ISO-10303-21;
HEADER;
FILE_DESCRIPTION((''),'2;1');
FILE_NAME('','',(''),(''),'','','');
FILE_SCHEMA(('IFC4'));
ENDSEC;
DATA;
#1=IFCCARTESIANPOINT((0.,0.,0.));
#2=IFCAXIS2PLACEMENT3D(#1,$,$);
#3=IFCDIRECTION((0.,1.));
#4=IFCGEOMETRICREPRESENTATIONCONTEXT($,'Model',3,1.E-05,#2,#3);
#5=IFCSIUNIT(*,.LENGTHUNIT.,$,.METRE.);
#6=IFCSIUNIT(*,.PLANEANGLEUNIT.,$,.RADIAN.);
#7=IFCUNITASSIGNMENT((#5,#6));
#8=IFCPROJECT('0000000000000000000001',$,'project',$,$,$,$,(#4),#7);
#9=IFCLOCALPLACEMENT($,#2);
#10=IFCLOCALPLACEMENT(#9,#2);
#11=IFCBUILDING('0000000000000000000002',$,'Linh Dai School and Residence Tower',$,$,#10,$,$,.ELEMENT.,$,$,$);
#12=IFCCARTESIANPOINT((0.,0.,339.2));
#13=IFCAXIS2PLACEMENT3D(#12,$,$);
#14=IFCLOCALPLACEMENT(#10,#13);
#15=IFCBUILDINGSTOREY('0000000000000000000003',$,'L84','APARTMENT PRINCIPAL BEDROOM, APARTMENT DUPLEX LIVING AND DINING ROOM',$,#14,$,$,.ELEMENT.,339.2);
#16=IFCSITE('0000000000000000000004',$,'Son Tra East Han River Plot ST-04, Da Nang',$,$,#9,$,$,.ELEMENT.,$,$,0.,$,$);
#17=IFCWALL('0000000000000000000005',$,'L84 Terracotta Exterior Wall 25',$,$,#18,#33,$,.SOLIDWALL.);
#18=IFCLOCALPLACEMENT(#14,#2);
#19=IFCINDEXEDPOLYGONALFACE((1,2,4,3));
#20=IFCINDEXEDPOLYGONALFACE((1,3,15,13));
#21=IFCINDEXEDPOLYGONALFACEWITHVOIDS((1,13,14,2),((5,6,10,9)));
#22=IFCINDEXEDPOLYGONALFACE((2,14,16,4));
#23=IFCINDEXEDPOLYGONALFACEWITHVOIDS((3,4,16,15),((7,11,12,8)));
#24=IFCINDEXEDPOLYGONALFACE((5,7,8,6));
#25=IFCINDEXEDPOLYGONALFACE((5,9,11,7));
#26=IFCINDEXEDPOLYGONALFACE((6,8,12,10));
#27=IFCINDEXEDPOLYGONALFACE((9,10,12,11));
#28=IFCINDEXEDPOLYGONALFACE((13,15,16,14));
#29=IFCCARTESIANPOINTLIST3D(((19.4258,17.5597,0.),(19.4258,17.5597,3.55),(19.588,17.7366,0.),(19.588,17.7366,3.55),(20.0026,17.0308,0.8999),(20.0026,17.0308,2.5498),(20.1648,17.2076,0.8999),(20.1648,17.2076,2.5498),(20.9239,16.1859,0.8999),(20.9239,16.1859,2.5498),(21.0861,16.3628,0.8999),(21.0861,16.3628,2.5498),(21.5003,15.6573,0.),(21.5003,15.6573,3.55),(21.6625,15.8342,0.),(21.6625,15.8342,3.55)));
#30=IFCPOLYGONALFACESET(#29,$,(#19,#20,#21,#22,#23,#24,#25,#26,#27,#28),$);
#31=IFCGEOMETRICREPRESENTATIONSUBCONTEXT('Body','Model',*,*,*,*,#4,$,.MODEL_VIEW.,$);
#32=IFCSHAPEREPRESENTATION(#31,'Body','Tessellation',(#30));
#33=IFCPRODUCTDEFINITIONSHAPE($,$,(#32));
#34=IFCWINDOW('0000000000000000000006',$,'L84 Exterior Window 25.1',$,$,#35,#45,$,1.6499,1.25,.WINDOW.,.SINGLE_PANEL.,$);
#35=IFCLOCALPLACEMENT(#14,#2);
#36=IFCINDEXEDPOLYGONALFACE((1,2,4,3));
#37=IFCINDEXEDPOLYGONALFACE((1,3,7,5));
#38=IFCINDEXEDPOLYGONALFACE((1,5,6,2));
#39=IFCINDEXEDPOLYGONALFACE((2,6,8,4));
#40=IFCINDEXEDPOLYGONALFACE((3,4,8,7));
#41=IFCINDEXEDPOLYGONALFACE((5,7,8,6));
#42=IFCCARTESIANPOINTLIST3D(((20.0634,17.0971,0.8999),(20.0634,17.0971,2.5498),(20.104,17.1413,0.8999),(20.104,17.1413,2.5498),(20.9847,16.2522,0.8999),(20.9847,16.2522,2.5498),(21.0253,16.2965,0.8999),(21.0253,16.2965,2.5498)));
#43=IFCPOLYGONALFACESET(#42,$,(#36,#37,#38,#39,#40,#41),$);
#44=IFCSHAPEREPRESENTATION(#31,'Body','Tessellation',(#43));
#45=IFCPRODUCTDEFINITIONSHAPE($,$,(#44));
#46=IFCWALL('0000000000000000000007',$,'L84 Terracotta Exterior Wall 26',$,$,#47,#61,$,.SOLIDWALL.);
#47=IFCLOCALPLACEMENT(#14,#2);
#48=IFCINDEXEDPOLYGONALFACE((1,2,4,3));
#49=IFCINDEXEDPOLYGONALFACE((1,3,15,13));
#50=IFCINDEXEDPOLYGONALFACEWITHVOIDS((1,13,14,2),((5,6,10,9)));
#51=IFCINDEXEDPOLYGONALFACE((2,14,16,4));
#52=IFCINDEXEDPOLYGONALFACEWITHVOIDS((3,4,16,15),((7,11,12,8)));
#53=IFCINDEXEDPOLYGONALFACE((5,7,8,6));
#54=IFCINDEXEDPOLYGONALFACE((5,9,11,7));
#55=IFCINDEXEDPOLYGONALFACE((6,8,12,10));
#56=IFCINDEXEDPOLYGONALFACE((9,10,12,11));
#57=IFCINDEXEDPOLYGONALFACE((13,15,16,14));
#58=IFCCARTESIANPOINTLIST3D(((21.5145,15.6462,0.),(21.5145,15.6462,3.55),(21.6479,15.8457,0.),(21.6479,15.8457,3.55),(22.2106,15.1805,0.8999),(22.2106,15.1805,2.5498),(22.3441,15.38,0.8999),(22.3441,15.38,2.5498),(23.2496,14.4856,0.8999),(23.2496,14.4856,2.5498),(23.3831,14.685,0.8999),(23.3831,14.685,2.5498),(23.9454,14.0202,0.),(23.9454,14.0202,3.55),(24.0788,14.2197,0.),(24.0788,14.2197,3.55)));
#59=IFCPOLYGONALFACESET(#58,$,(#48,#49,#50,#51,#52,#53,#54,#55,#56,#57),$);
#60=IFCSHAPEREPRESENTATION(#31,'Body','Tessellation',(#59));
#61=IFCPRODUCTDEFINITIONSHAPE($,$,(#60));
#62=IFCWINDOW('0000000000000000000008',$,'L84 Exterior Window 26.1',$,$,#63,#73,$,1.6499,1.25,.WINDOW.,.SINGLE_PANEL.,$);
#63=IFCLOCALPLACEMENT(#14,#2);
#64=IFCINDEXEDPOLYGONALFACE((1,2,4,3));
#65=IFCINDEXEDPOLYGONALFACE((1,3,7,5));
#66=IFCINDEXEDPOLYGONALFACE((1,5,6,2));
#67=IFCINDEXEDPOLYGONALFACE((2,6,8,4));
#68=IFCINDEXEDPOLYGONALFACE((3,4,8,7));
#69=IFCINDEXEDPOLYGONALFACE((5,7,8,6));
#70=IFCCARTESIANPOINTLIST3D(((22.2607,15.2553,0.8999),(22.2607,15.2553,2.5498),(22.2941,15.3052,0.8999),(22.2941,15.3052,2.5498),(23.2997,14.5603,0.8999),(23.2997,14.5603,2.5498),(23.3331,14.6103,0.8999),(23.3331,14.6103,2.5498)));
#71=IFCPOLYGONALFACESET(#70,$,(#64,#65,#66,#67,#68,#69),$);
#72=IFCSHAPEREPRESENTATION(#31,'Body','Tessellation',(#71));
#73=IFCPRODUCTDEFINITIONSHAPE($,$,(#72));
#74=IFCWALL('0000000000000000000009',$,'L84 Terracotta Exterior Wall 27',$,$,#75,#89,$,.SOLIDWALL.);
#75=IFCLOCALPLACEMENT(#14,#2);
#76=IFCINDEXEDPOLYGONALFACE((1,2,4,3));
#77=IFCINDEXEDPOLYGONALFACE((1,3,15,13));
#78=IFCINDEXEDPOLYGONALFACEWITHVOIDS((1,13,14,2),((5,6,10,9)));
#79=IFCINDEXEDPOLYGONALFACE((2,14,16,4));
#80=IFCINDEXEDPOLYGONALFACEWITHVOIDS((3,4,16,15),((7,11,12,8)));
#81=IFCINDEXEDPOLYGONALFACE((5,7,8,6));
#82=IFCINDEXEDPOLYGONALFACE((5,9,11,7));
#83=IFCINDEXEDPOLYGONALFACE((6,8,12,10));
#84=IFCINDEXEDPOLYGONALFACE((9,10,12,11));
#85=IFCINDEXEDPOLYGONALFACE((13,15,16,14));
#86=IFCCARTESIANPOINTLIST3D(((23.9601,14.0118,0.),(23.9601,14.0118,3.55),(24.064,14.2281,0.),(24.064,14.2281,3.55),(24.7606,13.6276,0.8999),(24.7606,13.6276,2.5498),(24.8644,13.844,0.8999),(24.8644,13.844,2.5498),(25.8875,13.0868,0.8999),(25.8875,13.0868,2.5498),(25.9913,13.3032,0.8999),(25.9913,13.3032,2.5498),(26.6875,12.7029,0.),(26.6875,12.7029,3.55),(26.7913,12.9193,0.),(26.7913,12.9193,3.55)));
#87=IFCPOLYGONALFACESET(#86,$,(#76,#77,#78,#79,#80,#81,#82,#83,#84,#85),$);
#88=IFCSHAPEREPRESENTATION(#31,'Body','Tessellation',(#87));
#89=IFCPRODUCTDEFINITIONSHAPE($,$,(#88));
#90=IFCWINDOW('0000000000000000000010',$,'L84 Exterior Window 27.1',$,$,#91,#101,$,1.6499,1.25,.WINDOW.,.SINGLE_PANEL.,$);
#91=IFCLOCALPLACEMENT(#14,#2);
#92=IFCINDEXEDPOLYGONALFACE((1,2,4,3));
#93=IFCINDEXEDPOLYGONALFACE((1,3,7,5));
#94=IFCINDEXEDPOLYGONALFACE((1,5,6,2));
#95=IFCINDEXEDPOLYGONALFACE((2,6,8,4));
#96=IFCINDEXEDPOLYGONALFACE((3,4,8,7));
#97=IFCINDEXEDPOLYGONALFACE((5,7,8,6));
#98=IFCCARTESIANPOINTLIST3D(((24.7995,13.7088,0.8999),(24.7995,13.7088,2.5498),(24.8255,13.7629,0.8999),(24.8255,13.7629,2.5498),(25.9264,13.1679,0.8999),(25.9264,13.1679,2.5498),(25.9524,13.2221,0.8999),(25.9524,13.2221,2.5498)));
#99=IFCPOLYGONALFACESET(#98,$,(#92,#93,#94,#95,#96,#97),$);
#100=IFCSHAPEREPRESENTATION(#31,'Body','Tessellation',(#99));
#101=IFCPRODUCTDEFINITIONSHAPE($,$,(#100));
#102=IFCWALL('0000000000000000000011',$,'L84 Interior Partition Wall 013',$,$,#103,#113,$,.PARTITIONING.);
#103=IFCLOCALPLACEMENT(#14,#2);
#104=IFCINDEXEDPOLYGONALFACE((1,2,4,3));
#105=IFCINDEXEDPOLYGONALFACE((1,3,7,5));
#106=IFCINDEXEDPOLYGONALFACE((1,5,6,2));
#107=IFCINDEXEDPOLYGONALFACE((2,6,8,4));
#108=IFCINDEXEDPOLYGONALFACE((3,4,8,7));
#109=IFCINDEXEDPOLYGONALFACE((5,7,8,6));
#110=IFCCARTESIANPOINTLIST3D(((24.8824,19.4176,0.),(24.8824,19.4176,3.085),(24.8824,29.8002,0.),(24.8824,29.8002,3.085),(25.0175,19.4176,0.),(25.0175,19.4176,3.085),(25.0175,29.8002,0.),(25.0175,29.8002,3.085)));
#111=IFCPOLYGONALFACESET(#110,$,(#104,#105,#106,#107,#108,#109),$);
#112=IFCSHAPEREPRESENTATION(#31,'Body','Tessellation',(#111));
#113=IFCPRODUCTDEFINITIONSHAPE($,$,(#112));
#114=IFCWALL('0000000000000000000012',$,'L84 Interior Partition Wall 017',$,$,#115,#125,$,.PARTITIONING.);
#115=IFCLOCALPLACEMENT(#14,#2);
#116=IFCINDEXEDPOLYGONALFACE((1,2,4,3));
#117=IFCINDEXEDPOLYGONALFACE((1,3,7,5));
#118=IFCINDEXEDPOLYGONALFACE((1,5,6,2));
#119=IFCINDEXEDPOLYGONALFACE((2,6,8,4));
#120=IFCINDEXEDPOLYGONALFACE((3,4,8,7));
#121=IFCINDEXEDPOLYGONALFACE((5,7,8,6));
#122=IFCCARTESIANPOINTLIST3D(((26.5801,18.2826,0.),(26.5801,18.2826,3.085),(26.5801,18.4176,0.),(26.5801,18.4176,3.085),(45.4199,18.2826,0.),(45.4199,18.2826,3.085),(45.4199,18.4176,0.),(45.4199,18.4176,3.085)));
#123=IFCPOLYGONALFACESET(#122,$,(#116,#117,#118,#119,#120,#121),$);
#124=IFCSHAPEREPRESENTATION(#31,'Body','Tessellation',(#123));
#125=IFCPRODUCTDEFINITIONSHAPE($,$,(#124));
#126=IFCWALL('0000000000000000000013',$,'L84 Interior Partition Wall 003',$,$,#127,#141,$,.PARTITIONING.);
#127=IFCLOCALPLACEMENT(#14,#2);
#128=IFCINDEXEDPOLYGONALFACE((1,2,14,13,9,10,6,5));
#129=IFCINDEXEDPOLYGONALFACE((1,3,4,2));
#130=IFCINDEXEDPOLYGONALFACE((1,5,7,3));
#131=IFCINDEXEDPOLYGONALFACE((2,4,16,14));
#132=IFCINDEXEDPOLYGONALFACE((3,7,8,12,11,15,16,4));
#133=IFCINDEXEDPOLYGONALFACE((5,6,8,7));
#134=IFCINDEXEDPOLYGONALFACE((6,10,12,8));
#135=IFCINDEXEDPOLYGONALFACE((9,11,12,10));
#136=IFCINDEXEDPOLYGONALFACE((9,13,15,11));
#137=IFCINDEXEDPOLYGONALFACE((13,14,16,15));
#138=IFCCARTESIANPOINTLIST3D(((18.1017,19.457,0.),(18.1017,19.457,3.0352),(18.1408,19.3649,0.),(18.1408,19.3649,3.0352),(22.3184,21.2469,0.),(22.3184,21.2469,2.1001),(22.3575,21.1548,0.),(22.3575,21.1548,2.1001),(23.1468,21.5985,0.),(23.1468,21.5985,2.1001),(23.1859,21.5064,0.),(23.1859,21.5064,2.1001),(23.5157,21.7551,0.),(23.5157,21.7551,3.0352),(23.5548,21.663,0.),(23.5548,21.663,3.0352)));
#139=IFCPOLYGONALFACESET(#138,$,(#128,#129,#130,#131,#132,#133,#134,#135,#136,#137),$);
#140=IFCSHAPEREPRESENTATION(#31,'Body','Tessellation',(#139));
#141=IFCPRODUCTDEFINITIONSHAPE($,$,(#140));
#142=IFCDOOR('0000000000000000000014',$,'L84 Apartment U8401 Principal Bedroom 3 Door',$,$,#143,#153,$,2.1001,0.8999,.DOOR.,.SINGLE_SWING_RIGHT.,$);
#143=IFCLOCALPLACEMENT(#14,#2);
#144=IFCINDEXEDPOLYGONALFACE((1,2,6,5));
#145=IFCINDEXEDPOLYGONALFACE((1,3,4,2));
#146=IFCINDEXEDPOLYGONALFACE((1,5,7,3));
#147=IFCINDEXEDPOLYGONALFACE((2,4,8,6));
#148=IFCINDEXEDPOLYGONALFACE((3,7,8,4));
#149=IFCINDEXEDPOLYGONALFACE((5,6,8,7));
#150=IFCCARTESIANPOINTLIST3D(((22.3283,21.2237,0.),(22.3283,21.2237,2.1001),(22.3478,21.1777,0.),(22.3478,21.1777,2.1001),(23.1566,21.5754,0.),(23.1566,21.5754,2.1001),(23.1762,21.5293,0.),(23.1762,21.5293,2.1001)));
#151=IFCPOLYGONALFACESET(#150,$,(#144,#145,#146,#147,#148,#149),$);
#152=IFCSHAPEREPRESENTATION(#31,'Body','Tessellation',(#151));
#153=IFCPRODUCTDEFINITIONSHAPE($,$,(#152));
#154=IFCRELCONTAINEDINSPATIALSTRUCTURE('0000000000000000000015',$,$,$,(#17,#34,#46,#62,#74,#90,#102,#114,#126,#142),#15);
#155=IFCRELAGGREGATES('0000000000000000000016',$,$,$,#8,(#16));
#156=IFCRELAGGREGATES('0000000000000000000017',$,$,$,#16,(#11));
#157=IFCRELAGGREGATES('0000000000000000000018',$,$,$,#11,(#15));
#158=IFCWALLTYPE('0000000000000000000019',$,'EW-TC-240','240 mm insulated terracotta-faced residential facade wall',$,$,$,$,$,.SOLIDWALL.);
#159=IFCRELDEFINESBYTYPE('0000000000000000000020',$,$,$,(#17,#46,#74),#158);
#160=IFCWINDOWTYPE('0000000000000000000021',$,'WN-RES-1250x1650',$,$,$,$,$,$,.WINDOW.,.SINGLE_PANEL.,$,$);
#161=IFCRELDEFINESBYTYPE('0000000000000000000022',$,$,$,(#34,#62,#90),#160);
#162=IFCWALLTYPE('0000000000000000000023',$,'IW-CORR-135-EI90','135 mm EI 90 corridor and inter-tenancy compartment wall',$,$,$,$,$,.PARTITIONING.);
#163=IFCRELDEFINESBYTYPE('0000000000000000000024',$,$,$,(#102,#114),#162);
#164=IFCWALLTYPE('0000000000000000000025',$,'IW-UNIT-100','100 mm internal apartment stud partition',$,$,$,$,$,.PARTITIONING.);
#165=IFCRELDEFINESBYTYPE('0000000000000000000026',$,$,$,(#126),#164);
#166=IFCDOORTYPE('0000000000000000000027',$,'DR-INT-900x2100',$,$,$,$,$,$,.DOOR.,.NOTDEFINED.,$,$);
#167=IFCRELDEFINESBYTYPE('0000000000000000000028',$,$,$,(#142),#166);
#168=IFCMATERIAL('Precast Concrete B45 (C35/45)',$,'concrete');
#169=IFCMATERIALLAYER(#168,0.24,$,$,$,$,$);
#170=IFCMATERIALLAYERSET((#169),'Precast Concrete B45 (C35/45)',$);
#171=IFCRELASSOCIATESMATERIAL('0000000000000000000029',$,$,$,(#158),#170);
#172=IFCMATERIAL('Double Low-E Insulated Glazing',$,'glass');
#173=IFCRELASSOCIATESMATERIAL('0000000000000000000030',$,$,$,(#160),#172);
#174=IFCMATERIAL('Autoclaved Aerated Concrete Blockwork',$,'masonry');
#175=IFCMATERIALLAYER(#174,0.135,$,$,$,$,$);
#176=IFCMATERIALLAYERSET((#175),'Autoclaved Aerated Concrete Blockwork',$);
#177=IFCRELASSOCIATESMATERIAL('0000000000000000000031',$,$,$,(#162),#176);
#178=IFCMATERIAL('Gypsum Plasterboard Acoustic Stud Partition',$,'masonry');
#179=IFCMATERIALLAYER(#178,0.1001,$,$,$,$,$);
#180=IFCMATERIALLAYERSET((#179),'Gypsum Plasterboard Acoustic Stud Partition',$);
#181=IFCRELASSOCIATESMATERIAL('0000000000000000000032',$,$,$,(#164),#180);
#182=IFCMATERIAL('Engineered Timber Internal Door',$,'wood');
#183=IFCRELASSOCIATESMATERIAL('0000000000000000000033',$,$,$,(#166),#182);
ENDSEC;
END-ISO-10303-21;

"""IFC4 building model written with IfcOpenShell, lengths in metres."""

from ifc_helpers import new_model, si_unit, direction, frame, frame_2d, origin, origin_2d, place, context, subcontext, project, spatial, rectangle, extrude, source, transform, mapped, material, layer, layer_set, type_object, element, fill, save


model = new_model("IFC4")

# Units and contexts
model_context = context("Model", 3, precision=1e-05, world=origin(), true_north=direction((0.0, 1.0)))
body_context = subcontext(model_context, "Body", "Model", "MODEL_VIEW")
ifc_project = project(units=[si_unit("LENGTHUNIT", "METRE"), si_unit("PLANEANGLEUNIT", "RADIAN")], contexts=[model_context])

# Site, building, storey
site_placement = place(None, origin())
site = spatial("IfcSite", under=ifc_project, at=site_placement, Name="Son Tra East Han River Plot ST-04, Da Nang", CompositionType="ELEMENT", RefElevation=0.0)
building_placement = place(site_placement, origin())
building = spatial("IfcBuilding", under=site, at=building_placement, Name="Linh Dai School and Residence Tower", CompositionType="ELEMENT")
storey_placement = place(building_placement, frame((0.0, 0.0, 339.2)))
storey = spatial("IfcBuildingStorey", under=building, at=storey_placement, Name="L84", Description="APARTMENT PRINCIPAL BEDROOM, APARTMENT DUPLEX LIVING AND DINING ROOM", CompositionType="ELEMENT", Elevation=339.2)

# Shared definitions
ifc_material_1 = material(Name="Precast Concrete B45 (C35/45)", Category="concrete")

# Shared definitions
ifc_layer_1 = layer(ifc_material_1, 0.24)
ifc_layer_set_1 = layer_set([ifc_layer_1], Name="Precast Concrete B45 (C35/45)")
wall_type_1 = type_object("IfcWallType", Name="EW-TC-240", Description="240 mm insulated terracotta-faced residential facade wall", PredefinedType="SOLIDWALL", material=ifc_layer_set_1)

# Walls, openings, windows
wall_1_placement = place(storey_placement, frame((21.5813, 15.7458, 0.0), z_axis=(0.0, 0.0, 1.0), x_axis=(-0.737021, 0.67587, 0.0)))
wall_1 = element("IfcWall", 1, at=wall_1_placement, inside=storey, type_object=wall_type_1, Name="L84 Terracotta Exterior Wall 25", PredefinedType="SOLIDWALL", context=body_context, shape_type="SweptSolid", body=[
    extrude(rectangle(XDim=2.8147, YDim=0.24, at=frame_2d((1.4072, 0.0))), origin(), (0.0, 0.0, 1.0), 3.55),
])
opening_1_placement = place(wall_1_placement, frame((0.782, 0.0, 0.8999)))
opening_1 = element("IfcOpeningElement", 2, at=opening_1_placement, cuts=wall_1, PredefinedType="OPENING", context=body_context, shape_type="SweptSolid", body=[
    extrude(rectangle(XDim=1.25, YDim=1.6499, at=origin_2d()), frame((0.625, 0.1299, 0.825), z_axis=(0.0, -1.0, 0.0), x_axis=(1.0, 0.0, 0.0)), (0.0, 0.0, 1.0), 0.26),
])
ifc_material_2 = material(Name="Double Low-E Insulated Glazing", Category="glass")
window_type = type_object("IfcWindowType", Name="WN-RES-1250x1650", PartitioningType="SINGLE_PANEL", PredefinedType="WINDOW", material=ifc_material_2)
shared_shape_1 = source(origin(), body_context, "Body", "SweptSolid", [
    extrude(rectangle(XDim=1.25, YDim=1.6499, at=origin_2d()), frame((0.625, 0.03, 0.825), z_axis=(0.0, -1.0, 0.0), x_axis=(1.0, 0.0, 0.0)), (0.0, 0.0, 1.0), 0.0601),
])
window_1_placement = place(opening_1_placement, origin())
window_1 = element("IfcWindow", 3, at=window_1_placement, inside=storey, type_object=window_type, Name="L84 Exterior Window 25.1", OverallHeight=1.6499, OverallWidth=1.25, PartitioningType="SINGLE_PANEL", PredefinedType="WINDOW", context=body_context, shape_type="MappedRepresentation", body=[
    mapped(shared_shape_1, transform((0.0, 0.0, 0.0), x_axis=(1.0, 0.0, 0.0), y_axis=(0.0, 1.0, 0.0), z_axis=(0.0, 0.0, 1.0), scale=1.0)),
])
fill(opening_1, window_1)
wall_2_placement = place(storey_placement, frame((24.0122, 14.1199, 0.0), z_axis=(0.0, 0.0, 1.0), x_axis=(-0.831202, 0.555971, 0.0)))
wall_2 = element("IfcWall", 4, at=wall_2_placement, inside=storey, type_object=wall_type_1, Name="L84 Terracotta Exterior Wall 26", PredefinedType="SOLIDWALL", context=body_context, shape_type="SweptSolid", body=[
    extrude(rectangle(XDim=2.9246, YDim=0.24, at=frame_2d((1.4624, 0.0))), origin(), (0.0, 0.0, 1.0), 3.55),
])
opening_2_placement = place(wall_2_placement, frame((0.8372, 0.0, 0.8999)))
opening_2 = element("IfcOpeningElement", 5, at=opening_2_placement, cuts=wall_2, PredefinedType="OPENING", context=body_context, shape_type="SweptSolid", body=[
    extrude(rectangle(XDim=1.25, YDim=1.6499, at=origin_2d()), frame((0.625, 0.1299, 0.825), z_axis=(0.0, -1.0, 0.0), x_axis=(1.0, 0.0, 0.0)), (0.0, 0.0, 1.0), 0.26),
])
window_2_placement = place(opening_2_placement, origin())
window_2 = element("IfcWindow", 6, at=window_2_placement, inside=storey, type_object=window_type, Name="L84 Exterior Window 26.1", OverallHeight=1.6499, OverallWidth=1.25, PartitioningType="SINGLE_PANEL", PredefinedType="WINDOW", context=body_context, shape_type="MappedRepresentation", body=[
    mapped(shared_shape_1, transform((0.0, 0.0, 0.0), x_axis=(1.0, 0.0, 0.0), y_axis=(0.0, 1.0, 0.0), z_axis=(0.0, 0.0, 1.0), scale=1.0)),
])
fill(opening_2, window_2)
wall_3_placement = place(storey_placement, frame((26.7395, 12.811, 0.0), z_axis=(0.0, 0.0, 1.0), x_axis=(-0.901557, 0.43266, 0.0)))
wall_3 = element("IfcWall", 7, at=wall_3_placement, inside=storey, type_object=wall_type_1, Name="L84 Terracotta Exterior Wall 27", PredefinedType="SOLIDWALL", context=body_context, shape_type="SweptSolid", body=[
    extrude(rectangle(XDim=3.0251, YDim=0.24, at=frame_2d((1.5127, 0.0))), origin(), (0.0, 0.0, 1.0), 3.55),
])
opening_3_placement = place(wall_3_placement, frame((0.8875, 0.0, 0.8999)))
opening_3 = element("IfcOpeningElement", 8, at=opening_3_placement, cuts=wall_3, PredefinedType="OPENING", context=body_context, shape_type="SweptSolid", body=[
    extrude(rectangle(XDim=1.25, YDim=1.6499, at=origin_2d()), frame((0.625, 0.1299, 0.825), z_axis=(0.0, -1.0, 0.0), x_axis=(1.0, 0.0, 0.0)), (0.0, 0.0, 1.0), 0.26),
])
window_3_placement = place(opening_3_placement, origin())
window_3 = element("IfcWindow", 9, at=window_3_placement, inside=storey, type_object=window_type, Name="L84 Exterior Window 27.1", OverallHeight=1.6499, OverallWidth=1.25, PartitioningType="SINGLE_PANEL", PredefinedType="WINDOW", context=body_context, shape_type="MappedRepresentation", body=[
    mapped(shared_shape_1, transform((0.0, 0.0, 0.0), x_axis=(1.0, 0.0, 0.0), y_axis=(0.0, 1.0, 0.0), z_axis=(0.0, 0.0, 1.0), scale=1.0)),
])
fill(opening_3, window_3)

# Walls
ifc_material_3 = material(Name="Autoclaved Aerated Concrete Blockwork", Category="masonry")
ifc_layer_2 = layer(ifc_material_3, 0.135)
ifc_layer_set_2 = layer_set([ifc_layer_2], Name="Autoclaved Aerated Concrete Blockwork")
wall_type_2 = type_object("IfcWallType", Name="IW-CORR-135-EI90", Description="135 mm EI 90 corridor and inter-tenancy compartment wall", PredefinedType="PARTITIONING", material=ifc_layer_set_2)
wall_4_placement = place(storey_placement, frame((24.95, 19.4175, 0.0), z_axis=(0.0, 0.0, 1.0), x_axis=(0.0, 1.0, 0.0)))
element("IfcWall", 10, at=wall_4_placement, inside=storey, type_object=wall_type_2, Name="L84 Interior Partition Wall 013", PredefinedType="PARTITIONING", context=body_context, shape_type="SweptSolid", body=[
    extrude(rectangle(XDim=10.3826, YDim=0.135, at=frame_2d((5.1914, 0.0))), origin(), (0.0, 0.0, 1.0), 3.085),
])
wall_5_placement = place(storey_placement, frame((26.5801, 18.3501, 0.0), z_axis=(0.0, 0.0, 1.0), x_axis=(1.0, 0.0, 0.0)))
element("IfcWall", 11, at=wall_5_placement, inside=storey, type_object=wall_type_2, Name="L84 Interior Partition Wall 017", PredefinedType="PARTITIONING", context=body_context, shape_type="SweptSolid", body=[
    extrude(rectangle(XDim=18.8398, YDim=0.135, at=frame_2d((9.4199, 0.0))), origin(), (0.0, 0.0, 1.0), 3.085),
])

# Wall, opening, door
ifc_material_4 = material(Name="Gypsum Plasterboard Acoustic Stud Partition", Category="masonry")
ifc_layer_3 = layer(ifc_material_4, 0.1001)
ifc_layer_set_3 = layer_set([ifc_layer_3], Name="Gypsum Plasterboard Acoustic Stud Partition")
wall_type_3 = type_object("IfcWallType", Name="IW-UNIT-100", Description="100 mm internal apartment stud partition", PredefinedType="PARTITIONING", material=ifc_layer_set_3)
wall_6_placement = place(storey_placement, frame((18.1211, 19.4109, 0.0), z_axis=(0.0, 0.0, 1.0), x_axis=(0.920507, 0.390726, 0.0)))
wall_6 = element("IfcWall", 12, at=wall_6_placement, inside=storey, type_object=wall_type_3, Name="L84 Interior Partition Wall 003", PredefinedType="PARTITIONING", context=body_context, shape_type="SweptSolid", body=[
    extrude(rectangle(XDim=5.8816, YDim=0.1001, at=frame_2d((2.9409, 0.0))), origin(), (0.0, 0.0, 1.0), 3.0352),
])
opening_4_placement = place(wall_6_placement, frame((4.5811, 0.0, 0.0)))
opening_4 = element("IfcOpeningElement", 13, at=opening_4_placement, cuts=wall_6, PredefinedType="OPENING", context=body_context, shape_type="SweptSolid", body=[
    extrude(rectangle(XDim=0.8999, YDim=2.1001, at=origin_2d()), frame((0.45, 0.0601, 1.05), z_axis=(0.0, -1.0, 0.0), x_axis=(1.0, 0.0, 0.0)), (0.0, 0.0, 1.0), 0.1201),
])
ifc_material_5 = material(Name="Engineered Timber Internal Door", Category="wood")
door_type = type_object("IfcDoorType", Name="DR-INT-900x2100", OperationType="NOTDEFINED", PredefinedType="DOOR", material=ifc_material_5)
shared_shape_2 = source(origin(), body_context, "Body", "SweptSolid", [
    extrude(rectangle(XDim=0.8999, YDim=2.1001, at=origin_2d()), frame((0.45, 0.0249, 1.05), z_axis=(0.0, -1.0, 0.0), x_axis=(1.0, 0.0, 0.0)), (0.0, 0.0, 1.0), 0.05),
])
door_placement = place(opening_4_placement, origin())
door = element("IfcDoor", 14, at=door_placement, inside=storey, type_object=door_type, Name="L84 Apartment U8401 Principal Bedroom 3 Door", OperationType="SINGLE_SWING_RIGHT", OverallHeight=2.1001, OverallWidth=0.8999, PredefinedType="DOOR", context=body_context, shape_type="MappedRepresentation", body=[
    mapped(shared_shape_2, transform((0.0, 0.0, 0.0), x_axis=(1.0, 0.0, 0.0), y_axis=(0.0, 1.0, 0.0), z_axis=(0.0, 0.0, 1.0), scale=1.0)),
])
fill(opening_4, door)

save(model, "model.ifc")
